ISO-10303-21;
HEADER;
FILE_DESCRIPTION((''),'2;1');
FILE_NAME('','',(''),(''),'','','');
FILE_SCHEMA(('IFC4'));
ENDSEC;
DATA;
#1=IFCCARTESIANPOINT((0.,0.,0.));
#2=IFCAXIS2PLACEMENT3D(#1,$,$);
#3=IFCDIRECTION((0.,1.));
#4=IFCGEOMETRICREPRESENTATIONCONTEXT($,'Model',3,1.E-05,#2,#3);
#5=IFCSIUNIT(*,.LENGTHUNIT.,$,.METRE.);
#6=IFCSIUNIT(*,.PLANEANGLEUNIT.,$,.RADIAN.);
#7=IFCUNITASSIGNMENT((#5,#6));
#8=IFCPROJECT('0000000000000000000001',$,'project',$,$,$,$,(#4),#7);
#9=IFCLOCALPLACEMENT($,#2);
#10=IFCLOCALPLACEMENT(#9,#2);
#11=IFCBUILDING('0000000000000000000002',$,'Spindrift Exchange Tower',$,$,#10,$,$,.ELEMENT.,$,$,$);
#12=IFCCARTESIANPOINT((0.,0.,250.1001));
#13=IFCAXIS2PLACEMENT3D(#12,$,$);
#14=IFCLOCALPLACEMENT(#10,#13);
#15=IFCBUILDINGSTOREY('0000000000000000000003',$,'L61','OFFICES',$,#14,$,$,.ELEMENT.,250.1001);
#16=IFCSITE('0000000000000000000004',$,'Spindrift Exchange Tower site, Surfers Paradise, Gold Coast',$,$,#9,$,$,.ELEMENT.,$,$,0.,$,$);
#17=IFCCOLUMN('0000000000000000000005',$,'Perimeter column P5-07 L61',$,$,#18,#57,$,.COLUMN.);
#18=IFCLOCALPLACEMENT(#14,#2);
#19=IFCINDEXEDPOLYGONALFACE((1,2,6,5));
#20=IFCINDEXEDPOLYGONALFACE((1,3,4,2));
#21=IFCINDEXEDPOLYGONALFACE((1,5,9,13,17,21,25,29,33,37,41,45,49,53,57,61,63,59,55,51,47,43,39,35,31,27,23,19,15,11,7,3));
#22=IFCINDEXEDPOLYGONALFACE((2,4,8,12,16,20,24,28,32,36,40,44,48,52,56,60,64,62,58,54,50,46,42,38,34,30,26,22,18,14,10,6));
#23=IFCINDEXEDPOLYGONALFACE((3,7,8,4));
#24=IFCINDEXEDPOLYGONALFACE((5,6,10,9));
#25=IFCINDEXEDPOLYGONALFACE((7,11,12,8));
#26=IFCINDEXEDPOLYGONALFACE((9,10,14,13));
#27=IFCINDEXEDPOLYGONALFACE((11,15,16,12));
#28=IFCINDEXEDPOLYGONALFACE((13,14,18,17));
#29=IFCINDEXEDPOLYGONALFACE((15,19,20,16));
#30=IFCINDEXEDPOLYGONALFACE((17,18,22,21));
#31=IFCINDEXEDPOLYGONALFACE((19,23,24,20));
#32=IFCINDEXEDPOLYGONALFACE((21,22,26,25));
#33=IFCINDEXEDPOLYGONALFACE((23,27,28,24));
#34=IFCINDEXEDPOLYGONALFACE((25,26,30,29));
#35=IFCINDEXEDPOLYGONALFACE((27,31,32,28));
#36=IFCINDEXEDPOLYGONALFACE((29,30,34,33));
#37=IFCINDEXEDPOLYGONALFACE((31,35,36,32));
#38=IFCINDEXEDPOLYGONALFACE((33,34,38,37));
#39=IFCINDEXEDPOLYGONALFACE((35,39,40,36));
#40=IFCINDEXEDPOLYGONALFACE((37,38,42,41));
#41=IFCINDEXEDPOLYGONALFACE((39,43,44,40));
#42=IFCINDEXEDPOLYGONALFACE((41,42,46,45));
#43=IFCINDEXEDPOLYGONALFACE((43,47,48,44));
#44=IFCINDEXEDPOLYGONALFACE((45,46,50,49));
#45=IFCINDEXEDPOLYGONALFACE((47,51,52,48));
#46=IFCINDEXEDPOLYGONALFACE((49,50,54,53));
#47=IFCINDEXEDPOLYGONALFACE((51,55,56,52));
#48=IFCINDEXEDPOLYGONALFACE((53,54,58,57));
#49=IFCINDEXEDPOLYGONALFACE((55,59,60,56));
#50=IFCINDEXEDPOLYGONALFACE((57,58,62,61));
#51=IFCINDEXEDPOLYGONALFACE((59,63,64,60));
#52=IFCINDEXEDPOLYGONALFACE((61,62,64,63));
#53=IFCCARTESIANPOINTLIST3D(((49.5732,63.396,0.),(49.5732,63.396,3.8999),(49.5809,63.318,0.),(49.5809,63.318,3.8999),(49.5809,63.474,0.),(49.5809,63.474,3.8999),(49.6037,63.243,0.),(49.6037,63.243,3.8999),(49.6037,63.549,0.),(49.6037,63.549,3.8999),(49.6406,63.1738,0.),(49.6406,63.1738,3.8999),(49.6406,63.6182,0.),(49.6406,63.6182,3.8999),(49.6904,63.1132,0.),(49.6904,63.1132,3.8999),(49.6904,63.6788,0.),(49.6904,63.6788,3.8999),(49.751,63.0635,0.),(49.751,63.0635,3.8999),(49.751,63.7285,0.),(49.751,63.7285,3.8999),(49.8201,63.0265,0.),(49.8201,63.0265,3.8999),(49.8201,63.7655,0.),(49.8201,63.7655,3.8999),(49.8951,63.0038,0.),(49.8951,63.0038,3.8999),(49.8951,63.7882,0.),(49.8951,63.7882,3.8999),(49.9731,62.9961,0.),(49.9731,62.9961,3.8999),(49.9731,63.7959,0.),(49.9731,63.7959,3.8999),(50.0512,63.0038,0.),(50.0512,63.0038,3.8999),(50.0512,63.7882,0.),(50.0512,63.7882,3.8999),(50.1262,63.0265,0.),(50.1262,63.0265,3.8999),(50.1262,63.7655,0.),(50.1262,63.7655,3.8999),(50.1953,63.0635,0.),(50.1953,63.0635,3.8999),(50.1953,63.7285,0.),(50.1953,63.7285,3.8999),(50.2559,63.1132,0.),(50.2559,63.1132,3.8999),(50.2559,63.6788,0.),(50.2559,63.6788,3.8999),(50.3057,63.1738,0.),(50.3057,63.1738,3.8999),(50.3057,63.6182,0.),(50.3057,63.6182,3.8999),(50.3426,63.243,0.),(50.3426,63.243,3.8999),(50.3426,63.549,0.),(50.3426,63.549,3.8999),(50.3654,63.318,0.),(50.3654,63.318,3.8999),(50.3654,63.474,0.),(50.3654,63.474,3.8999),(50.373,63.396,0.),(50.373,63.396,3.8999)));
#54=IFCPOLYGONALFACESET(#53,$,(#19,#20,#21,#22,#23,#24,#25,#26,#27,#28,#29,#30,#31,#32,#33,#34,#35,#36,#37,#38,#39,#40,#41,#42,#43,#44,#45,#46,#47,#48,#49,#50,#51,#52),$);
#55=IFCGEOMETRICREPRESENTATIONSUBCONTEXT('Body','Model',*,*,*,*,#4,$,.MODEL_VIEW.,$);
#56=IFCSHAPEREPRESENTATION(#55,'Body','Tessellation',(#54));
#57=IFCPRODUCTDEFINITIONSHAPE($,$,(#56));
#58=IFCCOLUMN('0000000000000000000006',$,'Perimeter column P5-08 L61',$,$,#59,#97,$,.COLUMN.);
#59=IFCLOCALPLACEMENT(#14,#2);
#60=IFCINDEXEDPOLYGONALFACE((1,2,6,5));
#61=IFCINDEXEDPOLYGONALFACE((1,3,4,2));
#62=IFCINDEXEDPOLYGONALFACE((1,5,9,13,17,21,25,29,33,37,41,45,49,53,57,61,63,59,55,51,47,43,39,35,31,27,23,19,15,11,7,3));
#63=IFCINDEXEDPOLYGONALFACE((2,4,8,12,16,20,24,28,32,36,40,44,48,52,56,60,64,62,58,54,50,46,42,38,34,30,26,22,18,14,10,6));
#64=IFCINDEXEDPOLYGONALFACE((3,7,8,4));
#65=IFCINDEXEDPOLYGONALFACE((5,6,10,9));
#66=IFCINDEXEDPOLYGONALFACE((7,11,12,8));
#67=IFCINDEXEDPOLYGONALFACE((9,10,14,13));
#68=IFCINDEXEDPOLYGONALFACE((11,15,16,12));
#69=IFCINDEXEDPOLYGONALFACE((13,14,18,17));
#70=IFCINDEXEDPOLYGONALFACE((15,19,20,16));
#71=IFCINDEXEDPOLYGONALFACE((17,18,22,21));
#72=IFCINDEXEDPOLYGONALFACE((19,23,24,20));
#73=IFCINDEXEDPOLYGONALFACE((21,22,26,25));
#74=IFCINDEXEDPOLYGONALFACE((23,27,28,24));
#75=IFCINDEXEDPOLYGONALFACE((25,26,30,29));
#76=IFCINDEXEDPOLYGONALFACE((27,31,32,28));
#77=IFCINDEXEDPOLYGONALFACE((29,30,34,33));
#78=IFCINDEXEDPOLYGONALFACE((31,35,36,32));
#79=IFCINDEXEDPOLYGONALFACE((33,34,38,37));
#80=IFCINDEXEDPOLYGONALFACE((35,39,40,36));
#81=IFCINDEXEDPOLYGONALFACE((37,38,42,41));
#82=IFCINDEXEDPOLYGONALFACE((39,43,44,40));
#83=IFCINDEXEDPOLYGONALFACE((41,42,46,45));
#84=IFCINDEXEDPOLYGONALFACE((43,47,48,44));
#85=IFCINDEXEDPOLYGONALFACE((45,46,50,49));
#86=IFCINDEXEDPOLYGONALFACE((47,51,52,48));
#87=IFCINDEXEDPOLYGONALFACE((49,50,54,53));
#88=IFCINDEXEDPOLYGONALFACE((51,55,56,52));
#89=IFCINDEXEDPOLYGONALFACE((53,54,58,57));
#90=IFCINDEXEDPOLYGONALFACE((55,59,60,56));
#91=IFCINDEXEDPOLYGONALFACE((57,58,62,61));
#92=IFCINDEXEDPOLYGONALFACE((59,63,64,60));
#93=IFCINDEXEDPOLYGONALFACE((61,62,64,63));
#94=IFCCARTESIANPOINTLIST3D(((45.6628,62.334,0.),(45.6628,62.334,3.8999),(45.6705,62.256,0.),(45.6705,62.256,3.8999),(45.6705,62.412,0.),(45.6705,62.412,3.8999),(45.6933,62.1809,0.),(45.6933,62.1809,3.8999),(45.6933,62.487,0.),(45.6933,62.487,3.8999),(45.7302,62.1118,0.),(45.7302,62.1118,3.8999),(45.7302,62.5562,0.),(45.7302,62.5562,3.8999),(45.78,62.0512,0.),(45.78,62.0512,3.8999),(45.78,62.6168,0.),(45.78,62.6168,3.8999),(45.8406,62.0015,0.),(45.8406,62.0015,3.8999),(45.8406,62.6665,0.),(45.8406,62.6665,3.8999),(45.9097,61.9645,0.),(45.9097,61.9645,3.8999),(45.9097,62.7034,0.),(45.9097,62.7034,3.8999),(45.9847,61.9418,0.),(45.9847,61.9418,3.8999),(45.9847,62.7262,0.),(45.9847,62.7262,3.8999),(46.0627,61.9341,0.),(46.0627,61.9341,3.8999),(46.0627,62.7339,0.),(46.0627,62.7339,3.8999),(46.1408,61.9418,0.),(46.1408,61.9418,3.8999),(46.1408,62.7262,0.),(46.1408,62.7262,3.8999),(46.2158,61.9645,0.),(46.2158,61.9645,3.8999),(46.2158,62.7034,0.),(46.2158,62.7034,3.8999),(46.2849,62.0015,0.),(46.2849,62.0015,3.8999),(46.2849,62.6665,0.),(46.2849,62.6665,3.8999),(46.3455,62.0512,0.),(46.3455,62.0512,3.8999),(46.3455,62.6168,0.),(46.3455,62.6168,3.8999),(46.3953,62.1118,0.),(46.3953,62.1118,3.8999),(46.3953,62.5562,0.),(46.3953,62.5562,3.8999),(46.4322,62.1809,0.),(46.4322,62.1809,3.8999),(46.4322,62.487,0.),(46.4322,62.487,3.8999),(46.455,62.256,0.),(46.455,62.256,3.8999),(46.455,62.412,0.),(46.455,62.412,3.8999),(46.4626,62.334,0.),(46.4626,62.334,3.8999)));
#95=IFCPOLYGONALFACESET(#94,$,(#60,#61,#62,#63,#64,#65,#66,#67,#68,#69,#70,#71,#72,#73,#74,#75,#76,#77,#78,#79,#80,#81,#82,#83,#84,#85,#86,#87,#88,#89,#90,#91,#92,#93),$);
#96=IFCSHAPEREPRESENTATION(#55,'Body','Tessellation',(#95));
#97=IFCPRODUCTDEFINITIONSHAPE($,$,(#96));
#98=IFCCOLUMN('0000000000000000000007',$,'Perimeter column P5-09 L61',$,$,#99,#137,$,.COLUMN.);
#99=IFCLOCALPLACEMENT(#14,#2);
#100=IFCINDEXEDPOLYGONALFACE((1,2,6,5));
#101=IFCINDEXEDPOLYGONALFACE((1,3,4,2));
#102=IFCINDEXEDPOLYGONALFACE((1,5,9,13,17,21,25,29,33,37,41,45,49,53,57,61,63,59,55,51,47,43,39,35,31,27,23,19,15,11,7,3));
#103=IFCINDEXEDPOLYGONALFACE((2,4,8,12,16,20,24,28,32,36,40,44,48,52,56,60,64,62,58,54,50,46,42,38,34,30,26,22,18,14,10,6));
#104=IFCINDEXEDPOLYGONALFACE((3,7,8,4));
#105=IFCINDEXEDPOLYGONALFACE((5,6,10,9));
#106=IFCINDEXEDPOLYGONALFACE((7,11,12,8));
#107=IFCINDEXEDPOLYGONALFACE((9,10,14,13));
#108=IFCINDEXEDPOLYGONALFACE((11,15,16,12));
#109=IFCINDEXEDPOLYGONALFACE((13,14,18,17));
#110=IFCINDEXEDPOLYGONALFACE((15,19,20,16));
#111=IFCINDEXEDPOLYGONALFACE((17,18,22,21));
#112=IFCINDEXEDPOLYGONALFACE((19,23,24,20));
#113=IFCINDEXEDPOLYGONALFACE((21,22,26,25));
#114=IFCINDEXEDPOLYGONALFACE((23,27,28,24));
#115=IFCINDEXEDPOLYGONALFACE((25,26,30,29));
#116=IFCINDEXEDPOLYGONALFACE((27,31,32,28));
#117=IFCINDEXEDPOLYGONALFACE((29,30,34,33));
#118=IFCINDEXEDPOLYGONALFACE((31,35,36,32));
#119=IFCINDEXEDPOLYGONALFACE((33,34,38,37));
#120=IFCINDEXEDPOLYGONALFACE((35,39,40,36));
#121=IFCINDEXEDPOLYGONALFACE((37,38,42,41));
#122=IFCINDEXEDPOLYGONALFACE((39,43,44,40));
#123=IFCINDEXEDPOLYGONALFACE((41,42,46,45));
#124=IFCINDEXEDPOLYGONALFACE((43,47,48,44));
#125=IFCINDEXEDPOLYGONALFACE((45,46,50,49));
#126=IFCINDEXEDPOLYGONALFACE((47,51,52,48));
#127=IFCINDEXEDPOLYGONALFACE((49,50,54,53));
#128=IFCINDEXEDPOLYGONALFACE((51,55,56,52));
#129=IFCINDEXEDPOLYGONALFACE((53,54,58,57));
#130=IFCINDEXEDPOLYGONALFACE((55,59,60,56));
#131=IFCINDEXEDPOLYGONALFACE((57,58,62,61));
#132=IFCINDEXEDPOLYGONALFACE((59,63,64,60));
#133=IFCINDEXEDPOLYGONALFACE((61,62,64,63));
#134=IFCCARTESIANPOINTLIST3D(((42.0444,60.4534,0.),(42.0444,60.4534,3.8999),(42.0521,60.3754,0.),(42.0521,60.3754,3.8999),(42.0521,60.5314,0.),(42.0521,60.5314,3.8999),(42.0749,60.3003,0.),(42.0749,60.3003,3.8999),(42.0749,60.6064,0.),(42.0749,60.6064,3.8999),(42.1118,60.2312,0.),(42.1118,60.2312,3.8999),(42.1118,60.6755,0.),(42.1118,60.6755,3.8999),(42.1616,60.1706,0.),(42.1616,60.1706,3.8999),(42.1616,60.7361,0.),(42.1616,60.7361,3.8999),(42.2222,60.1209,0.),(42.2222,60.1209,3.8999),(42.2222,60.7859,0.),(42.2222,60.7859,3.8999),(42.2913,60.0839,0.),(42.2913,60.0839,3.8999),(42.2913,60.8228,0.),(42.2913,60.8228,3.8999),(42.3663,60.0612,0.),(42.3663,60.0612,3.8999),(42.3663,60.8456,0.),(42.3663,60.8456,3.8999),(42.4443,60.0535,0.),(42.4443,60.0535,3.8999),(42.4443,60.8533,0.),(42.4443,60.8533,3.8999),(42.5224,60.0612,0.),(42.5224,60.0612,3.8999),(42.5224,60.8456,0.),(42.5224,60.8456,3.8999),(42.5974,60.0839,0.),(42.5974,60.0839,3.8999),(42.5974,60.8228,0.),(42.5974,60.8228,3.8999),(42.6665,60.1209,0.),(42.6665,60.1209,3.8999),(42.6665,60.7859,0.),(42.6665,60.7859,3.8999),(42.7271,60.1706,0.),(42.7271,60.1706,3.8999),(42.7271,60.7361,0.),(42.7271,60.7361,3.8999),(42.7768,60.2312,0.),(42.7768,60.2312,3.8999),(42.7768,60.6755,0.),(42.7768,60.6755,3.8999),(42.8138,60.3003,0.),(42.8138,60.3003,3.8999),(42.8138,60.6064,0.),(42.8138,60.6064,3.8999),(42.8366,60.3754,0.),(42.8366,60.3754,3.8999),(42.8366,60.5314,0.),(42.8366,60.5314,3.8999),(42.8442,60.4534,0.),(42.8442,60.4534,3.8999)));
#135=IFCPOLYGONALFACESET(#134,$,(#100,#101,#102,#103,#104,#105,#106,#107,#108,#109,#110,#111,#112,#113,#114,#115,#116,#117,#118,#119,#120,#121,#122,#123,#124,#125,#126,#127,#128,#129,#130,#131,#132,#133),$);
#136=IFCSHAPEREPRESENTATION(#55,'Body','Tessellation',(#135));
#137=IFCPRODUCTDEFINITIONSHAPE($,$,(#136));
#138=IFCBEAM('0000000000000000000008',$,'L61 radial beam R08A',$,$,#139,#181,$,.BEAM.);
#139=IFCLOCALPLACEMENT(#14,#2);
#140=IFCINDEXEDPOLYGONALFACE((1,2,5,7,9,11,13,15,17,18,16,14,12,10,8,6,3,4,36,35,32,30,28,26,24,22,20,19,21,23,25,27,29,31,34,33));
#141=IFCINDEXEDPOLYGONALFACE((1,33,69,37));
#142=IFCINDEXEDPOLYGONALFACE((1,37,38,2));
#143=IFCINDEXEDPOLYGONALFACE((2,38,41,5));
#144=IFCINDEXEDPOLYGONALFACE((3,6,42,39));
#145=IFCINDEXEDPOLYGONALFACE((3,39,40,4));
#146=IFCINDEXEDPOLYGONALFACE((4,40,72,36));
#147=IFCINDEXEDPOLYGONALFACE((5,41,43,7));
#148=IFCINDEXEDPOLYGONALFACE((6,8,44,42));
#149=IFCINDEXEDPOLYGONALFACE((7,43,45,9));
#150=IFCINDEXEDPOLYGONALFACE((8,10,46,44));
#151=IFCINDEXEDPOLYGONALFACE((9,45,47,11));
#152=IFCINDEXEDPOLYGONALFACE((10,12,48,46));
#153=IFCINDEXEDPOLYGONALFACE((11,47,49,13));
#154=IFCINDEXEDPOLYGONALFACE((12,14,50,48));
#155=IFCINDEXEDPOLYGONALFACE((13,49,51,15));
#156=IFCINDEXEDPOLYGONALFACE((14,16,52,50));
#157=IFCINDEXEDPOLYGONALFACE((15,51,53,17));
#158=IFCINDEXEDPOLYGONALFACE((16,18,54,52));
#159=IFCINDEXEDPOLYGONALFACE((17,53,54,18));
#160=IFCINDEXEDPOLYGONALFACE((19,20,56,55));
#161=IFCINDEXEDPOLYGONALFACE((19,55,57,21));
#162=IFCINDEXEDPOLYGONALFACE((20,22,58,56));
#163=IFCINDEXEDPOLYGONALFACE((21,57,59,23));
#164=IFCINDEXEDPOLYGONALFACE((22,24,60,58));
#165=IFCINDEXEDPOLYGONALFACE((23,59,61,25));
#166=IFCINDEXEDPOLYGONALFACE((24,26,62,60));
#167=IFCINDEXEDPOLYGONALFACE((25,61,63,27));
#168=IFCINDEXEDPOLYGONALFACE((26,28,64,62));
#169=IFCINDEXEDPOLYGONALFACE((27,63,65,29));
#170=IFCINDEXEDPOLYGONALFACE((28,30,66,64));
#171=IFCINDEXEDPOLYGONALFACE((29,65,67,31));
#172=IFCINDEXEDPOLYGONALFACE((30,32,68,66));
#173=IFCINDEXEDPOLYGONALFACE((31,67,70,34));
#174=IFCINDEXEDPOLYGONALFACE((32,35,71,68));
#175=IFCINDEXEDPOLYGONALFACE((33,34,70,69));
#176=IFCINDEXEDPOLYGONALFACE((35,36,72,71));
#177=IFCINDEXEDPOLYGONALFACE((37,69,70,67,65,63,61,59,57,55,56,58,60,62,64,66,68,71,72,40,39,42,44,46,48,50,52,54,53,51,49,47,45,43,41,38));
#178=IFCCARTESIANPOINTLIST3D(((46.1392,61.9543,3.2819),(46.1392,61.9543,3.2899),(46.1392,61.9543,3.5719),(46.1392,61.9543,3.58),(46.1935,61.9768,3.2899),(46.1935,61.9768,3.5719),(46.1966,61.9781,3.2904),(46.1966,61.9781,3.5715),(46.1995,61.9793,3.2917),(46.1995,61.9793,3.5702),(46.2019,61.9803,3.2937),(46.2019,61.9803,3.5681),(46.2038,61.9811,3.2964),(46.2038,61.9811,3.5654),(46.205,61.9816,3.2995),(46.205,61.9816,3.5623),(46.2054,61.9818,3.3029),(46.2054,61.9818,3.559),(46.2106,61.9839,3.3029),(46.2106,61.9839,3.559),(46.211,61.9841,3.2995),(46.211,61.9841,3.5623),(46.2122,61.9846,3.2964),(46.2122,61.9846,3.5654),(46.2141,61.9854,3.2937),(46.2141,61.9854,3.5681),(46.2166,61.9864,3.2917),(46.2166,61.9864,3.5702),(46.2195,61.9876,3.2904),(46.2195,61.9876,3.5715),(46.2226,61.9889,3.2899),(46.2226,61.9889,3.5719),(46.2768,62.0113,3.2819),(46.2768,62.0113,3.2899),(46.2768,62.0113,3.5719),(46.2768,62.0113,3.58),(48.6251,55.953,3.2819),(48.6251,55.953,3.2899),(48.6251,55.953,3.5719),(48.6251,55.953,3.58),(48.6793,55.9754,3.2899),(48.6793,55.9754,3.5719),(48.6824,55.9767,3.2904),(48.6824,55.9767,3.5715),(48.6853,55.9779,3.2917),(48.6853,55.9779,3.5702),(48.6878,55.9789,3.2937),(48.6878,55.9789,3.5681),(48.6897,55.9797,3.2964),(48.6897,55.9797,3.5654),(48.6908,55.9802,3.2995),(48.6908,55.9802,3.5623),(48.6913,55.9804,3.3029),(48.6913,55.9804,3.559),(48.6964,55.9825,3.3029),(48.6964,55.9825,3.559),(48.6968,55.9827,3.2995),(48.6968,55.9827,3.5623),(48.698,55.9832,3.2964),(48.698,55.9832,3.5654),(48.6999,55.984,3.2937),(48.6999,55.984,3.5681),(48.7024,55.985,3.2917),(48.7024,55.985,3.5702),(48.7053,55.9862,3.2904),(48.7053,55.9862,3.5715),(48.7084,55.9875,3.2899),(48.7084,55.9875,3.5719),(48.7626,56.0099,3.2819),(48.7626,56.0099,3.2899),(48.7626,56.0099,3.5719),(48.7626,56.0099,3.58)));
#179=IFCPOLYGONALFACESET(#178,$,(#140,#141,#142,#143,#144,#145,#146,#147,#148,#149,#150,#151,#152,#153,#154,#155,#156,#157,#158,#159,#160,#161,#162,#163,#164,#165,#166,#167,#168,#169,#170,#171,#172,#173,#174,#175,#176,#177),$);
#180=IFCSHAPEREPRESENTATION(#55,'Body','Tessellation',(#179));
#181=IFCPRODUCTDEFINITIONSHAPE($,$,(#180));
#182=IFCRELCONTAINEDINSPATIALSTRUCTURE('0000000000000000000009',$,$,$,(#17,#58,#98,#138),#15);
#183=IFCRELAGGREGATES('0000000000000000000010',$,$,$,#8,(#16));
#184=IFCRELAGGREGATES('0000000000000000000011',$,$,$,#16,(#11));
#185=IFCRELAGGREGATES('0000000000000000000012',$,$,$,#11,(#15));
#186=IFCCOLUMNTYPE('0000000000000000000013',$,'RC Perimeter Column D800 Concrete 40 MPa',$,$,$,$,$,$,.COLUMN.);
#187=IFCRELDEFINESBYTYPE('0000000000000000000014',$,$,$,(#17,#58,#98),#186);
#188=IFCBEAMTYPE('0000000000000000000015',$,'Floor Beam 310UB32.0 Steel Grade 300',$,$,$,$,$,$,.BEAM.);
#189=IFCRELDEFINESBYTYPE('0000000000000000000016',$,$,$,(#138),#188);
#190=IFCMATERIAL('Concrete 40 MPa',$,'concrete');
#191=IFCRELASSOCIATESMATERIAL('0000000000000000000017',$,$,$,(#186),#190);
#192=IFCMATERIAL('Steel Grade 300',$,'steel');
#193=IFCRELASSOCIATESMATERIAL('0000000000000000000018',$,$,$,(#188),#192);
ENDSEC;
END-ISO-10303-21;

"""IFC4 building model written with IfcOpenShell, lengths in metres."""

from ifc_helpers import new_model, si_unit, direction, frame, origin, origin_2d, place, context, subcontext, project, spatial, circle, i_section, extrude, source, transform, mapped, material, material_profile, profile_set, type_object, element, save


model = new_model("IFC4")

# Units and contexts
model_context = context("Model", 3, precision=1e-05, world=origin(), true_north=direction((0.0, 1.0)))
body_context = subcontext(model_context, "Body", "Model", "MODEL_VIEW")
ifc_project = project(units=[si_unit("LENGTHUNIT", "METRE"), si_unit("PLANEANGLEUNIT", "RADIAN")], contexts=[model_context])

# Site, building, storey
site_placement = place(None, origin())
site = spatial("IfcSite", under=ifc_project, at=site_placement, Name="Spindrift Exchange Tower site, Surfers Paradise, Gold Coast", CompositionType="ELEMENT", RefElevation=0.0)
building_placement = place(site_placement, origin())
building = spatial("IfcBuilding", under=site, at=building_placement, Name="Spindrift Exchange Tower", CompositionType="ELEMENT")
storey_placement = place(building_placement, frame((0.0, 0.0, 250.1001)))
storey = spatial("IfcBuildingStorey", under=building, at=storey_placement, Name="L61", Description="OFFICES", CompositionType="ELEMENT", Elevation=250.1001)

# Columns
ifc_material_1 = material(Name="Concrete 40 MPa", Category="concrete")
ifc_material_profile_1 = material_profile(ifc_material_1, circle(Radius=0.3999, at=origin_2d()), Name="RC D800")
ifc_profile_set_1 = profile_set([ifc_material_profile_1], Name="Concrete 40 MPa")
column_type = type_object("IfcColumnType", Name="RC Perimeter Column D800 Concrete 40 MPa", PredefinedType="COLUMN", material=ifc_profile_set_1)
shared_shape_1 = source(origin(), body_context, "Body", "SweptSolid", [
    extrude(circle(Radius=0.3999, at=origin_2d()), origin(), (0.0, 0.0, 1.0), 3.8999),
])
for number, where, z_axis, x_axis, name in (
    (1, (49.9731, 63.396, 0.0), (0.0, 0.0, 1.0), (1.0, 0.0, 0.0), "Perimeter column P5-07 L61"),
    (2, (46.0627, 62.334, 0.0), (0.0, 0.0, 1.0), (1.0, 0.0, 0.0), "Perimeter column P5-08 L61"),
    (3, (42.4443, 60.4534, 0.0), (0.0, 0.0, 1.0), (1.0, 0.0, 0.0), "Perimeter column P5-09 L61"),
):
    element("IfcColumn", number, at=place(storey_placement, frame(where, z_axis=z_axis, x_axis=x_axis)), inside=storey, type_object=column_type, Name=name, PredefinedType="COLUMN", context=body_context, shape_type="MappedRepresentation", body=[
        mapped(shared_shape_1, transform((0.0, 0.0, 0.0), scale=1.0)),
    ])

# Beam
ifc_material_2 = material(Name="Steel Grade 300", Category="steel")
ifc_material_profile_2 = material_profile(ifc_material_2, i_section(OverallWidth=0.1489, OverallDepth=0.2981, WebThickness=0.0056, FlangeThickness=0.0081, FilletRadius=0.0129, at=origin_2d()), Name="310UB32.0")
ifc_profile_set_2 = profile_set([ifc_material_profile_2], Name="Steel Grade 300")
beam_type_1 = type_object("IfcBeamType", Name="Floor Beam 310UB32.0 Steel Grade 300", PredefinedType="BEAM", material=ifc_profile_set_2)
shared_shape_2 = source(origin(), body_context, "Body", "SweptSolid", [
    extrude(i_section(OverallWidth=0.1489, OverallDepth=0.2981, WebThickness=0.0056, FlangeThickness=0.0081, FilletRadius=0.0129, at=origin_2d()), origin(), (0.0, 0.0, 1.0), 6.4958),
])
beam_1_placement = place(storey_placement, frame((48.6938, 55.9814, 3.4309), z_axis=(-0.382677, 0.923882, 0.0), x_axis=(-0.923882, -0.382677, 0.0)))
element("IfcBeam", 4, at=beam_1_placement, inside=storey, type_object=beam_type_1, Name="L61 radial beam R08A", PredefinedType="BEAM", context=body_context, shape_type="MappedRepresentation", body=[
    mapped(shared_shape_2, transform((0.0, 0.0, 0.0), scale=1.0)),
])

save(model, "model.ifc")
